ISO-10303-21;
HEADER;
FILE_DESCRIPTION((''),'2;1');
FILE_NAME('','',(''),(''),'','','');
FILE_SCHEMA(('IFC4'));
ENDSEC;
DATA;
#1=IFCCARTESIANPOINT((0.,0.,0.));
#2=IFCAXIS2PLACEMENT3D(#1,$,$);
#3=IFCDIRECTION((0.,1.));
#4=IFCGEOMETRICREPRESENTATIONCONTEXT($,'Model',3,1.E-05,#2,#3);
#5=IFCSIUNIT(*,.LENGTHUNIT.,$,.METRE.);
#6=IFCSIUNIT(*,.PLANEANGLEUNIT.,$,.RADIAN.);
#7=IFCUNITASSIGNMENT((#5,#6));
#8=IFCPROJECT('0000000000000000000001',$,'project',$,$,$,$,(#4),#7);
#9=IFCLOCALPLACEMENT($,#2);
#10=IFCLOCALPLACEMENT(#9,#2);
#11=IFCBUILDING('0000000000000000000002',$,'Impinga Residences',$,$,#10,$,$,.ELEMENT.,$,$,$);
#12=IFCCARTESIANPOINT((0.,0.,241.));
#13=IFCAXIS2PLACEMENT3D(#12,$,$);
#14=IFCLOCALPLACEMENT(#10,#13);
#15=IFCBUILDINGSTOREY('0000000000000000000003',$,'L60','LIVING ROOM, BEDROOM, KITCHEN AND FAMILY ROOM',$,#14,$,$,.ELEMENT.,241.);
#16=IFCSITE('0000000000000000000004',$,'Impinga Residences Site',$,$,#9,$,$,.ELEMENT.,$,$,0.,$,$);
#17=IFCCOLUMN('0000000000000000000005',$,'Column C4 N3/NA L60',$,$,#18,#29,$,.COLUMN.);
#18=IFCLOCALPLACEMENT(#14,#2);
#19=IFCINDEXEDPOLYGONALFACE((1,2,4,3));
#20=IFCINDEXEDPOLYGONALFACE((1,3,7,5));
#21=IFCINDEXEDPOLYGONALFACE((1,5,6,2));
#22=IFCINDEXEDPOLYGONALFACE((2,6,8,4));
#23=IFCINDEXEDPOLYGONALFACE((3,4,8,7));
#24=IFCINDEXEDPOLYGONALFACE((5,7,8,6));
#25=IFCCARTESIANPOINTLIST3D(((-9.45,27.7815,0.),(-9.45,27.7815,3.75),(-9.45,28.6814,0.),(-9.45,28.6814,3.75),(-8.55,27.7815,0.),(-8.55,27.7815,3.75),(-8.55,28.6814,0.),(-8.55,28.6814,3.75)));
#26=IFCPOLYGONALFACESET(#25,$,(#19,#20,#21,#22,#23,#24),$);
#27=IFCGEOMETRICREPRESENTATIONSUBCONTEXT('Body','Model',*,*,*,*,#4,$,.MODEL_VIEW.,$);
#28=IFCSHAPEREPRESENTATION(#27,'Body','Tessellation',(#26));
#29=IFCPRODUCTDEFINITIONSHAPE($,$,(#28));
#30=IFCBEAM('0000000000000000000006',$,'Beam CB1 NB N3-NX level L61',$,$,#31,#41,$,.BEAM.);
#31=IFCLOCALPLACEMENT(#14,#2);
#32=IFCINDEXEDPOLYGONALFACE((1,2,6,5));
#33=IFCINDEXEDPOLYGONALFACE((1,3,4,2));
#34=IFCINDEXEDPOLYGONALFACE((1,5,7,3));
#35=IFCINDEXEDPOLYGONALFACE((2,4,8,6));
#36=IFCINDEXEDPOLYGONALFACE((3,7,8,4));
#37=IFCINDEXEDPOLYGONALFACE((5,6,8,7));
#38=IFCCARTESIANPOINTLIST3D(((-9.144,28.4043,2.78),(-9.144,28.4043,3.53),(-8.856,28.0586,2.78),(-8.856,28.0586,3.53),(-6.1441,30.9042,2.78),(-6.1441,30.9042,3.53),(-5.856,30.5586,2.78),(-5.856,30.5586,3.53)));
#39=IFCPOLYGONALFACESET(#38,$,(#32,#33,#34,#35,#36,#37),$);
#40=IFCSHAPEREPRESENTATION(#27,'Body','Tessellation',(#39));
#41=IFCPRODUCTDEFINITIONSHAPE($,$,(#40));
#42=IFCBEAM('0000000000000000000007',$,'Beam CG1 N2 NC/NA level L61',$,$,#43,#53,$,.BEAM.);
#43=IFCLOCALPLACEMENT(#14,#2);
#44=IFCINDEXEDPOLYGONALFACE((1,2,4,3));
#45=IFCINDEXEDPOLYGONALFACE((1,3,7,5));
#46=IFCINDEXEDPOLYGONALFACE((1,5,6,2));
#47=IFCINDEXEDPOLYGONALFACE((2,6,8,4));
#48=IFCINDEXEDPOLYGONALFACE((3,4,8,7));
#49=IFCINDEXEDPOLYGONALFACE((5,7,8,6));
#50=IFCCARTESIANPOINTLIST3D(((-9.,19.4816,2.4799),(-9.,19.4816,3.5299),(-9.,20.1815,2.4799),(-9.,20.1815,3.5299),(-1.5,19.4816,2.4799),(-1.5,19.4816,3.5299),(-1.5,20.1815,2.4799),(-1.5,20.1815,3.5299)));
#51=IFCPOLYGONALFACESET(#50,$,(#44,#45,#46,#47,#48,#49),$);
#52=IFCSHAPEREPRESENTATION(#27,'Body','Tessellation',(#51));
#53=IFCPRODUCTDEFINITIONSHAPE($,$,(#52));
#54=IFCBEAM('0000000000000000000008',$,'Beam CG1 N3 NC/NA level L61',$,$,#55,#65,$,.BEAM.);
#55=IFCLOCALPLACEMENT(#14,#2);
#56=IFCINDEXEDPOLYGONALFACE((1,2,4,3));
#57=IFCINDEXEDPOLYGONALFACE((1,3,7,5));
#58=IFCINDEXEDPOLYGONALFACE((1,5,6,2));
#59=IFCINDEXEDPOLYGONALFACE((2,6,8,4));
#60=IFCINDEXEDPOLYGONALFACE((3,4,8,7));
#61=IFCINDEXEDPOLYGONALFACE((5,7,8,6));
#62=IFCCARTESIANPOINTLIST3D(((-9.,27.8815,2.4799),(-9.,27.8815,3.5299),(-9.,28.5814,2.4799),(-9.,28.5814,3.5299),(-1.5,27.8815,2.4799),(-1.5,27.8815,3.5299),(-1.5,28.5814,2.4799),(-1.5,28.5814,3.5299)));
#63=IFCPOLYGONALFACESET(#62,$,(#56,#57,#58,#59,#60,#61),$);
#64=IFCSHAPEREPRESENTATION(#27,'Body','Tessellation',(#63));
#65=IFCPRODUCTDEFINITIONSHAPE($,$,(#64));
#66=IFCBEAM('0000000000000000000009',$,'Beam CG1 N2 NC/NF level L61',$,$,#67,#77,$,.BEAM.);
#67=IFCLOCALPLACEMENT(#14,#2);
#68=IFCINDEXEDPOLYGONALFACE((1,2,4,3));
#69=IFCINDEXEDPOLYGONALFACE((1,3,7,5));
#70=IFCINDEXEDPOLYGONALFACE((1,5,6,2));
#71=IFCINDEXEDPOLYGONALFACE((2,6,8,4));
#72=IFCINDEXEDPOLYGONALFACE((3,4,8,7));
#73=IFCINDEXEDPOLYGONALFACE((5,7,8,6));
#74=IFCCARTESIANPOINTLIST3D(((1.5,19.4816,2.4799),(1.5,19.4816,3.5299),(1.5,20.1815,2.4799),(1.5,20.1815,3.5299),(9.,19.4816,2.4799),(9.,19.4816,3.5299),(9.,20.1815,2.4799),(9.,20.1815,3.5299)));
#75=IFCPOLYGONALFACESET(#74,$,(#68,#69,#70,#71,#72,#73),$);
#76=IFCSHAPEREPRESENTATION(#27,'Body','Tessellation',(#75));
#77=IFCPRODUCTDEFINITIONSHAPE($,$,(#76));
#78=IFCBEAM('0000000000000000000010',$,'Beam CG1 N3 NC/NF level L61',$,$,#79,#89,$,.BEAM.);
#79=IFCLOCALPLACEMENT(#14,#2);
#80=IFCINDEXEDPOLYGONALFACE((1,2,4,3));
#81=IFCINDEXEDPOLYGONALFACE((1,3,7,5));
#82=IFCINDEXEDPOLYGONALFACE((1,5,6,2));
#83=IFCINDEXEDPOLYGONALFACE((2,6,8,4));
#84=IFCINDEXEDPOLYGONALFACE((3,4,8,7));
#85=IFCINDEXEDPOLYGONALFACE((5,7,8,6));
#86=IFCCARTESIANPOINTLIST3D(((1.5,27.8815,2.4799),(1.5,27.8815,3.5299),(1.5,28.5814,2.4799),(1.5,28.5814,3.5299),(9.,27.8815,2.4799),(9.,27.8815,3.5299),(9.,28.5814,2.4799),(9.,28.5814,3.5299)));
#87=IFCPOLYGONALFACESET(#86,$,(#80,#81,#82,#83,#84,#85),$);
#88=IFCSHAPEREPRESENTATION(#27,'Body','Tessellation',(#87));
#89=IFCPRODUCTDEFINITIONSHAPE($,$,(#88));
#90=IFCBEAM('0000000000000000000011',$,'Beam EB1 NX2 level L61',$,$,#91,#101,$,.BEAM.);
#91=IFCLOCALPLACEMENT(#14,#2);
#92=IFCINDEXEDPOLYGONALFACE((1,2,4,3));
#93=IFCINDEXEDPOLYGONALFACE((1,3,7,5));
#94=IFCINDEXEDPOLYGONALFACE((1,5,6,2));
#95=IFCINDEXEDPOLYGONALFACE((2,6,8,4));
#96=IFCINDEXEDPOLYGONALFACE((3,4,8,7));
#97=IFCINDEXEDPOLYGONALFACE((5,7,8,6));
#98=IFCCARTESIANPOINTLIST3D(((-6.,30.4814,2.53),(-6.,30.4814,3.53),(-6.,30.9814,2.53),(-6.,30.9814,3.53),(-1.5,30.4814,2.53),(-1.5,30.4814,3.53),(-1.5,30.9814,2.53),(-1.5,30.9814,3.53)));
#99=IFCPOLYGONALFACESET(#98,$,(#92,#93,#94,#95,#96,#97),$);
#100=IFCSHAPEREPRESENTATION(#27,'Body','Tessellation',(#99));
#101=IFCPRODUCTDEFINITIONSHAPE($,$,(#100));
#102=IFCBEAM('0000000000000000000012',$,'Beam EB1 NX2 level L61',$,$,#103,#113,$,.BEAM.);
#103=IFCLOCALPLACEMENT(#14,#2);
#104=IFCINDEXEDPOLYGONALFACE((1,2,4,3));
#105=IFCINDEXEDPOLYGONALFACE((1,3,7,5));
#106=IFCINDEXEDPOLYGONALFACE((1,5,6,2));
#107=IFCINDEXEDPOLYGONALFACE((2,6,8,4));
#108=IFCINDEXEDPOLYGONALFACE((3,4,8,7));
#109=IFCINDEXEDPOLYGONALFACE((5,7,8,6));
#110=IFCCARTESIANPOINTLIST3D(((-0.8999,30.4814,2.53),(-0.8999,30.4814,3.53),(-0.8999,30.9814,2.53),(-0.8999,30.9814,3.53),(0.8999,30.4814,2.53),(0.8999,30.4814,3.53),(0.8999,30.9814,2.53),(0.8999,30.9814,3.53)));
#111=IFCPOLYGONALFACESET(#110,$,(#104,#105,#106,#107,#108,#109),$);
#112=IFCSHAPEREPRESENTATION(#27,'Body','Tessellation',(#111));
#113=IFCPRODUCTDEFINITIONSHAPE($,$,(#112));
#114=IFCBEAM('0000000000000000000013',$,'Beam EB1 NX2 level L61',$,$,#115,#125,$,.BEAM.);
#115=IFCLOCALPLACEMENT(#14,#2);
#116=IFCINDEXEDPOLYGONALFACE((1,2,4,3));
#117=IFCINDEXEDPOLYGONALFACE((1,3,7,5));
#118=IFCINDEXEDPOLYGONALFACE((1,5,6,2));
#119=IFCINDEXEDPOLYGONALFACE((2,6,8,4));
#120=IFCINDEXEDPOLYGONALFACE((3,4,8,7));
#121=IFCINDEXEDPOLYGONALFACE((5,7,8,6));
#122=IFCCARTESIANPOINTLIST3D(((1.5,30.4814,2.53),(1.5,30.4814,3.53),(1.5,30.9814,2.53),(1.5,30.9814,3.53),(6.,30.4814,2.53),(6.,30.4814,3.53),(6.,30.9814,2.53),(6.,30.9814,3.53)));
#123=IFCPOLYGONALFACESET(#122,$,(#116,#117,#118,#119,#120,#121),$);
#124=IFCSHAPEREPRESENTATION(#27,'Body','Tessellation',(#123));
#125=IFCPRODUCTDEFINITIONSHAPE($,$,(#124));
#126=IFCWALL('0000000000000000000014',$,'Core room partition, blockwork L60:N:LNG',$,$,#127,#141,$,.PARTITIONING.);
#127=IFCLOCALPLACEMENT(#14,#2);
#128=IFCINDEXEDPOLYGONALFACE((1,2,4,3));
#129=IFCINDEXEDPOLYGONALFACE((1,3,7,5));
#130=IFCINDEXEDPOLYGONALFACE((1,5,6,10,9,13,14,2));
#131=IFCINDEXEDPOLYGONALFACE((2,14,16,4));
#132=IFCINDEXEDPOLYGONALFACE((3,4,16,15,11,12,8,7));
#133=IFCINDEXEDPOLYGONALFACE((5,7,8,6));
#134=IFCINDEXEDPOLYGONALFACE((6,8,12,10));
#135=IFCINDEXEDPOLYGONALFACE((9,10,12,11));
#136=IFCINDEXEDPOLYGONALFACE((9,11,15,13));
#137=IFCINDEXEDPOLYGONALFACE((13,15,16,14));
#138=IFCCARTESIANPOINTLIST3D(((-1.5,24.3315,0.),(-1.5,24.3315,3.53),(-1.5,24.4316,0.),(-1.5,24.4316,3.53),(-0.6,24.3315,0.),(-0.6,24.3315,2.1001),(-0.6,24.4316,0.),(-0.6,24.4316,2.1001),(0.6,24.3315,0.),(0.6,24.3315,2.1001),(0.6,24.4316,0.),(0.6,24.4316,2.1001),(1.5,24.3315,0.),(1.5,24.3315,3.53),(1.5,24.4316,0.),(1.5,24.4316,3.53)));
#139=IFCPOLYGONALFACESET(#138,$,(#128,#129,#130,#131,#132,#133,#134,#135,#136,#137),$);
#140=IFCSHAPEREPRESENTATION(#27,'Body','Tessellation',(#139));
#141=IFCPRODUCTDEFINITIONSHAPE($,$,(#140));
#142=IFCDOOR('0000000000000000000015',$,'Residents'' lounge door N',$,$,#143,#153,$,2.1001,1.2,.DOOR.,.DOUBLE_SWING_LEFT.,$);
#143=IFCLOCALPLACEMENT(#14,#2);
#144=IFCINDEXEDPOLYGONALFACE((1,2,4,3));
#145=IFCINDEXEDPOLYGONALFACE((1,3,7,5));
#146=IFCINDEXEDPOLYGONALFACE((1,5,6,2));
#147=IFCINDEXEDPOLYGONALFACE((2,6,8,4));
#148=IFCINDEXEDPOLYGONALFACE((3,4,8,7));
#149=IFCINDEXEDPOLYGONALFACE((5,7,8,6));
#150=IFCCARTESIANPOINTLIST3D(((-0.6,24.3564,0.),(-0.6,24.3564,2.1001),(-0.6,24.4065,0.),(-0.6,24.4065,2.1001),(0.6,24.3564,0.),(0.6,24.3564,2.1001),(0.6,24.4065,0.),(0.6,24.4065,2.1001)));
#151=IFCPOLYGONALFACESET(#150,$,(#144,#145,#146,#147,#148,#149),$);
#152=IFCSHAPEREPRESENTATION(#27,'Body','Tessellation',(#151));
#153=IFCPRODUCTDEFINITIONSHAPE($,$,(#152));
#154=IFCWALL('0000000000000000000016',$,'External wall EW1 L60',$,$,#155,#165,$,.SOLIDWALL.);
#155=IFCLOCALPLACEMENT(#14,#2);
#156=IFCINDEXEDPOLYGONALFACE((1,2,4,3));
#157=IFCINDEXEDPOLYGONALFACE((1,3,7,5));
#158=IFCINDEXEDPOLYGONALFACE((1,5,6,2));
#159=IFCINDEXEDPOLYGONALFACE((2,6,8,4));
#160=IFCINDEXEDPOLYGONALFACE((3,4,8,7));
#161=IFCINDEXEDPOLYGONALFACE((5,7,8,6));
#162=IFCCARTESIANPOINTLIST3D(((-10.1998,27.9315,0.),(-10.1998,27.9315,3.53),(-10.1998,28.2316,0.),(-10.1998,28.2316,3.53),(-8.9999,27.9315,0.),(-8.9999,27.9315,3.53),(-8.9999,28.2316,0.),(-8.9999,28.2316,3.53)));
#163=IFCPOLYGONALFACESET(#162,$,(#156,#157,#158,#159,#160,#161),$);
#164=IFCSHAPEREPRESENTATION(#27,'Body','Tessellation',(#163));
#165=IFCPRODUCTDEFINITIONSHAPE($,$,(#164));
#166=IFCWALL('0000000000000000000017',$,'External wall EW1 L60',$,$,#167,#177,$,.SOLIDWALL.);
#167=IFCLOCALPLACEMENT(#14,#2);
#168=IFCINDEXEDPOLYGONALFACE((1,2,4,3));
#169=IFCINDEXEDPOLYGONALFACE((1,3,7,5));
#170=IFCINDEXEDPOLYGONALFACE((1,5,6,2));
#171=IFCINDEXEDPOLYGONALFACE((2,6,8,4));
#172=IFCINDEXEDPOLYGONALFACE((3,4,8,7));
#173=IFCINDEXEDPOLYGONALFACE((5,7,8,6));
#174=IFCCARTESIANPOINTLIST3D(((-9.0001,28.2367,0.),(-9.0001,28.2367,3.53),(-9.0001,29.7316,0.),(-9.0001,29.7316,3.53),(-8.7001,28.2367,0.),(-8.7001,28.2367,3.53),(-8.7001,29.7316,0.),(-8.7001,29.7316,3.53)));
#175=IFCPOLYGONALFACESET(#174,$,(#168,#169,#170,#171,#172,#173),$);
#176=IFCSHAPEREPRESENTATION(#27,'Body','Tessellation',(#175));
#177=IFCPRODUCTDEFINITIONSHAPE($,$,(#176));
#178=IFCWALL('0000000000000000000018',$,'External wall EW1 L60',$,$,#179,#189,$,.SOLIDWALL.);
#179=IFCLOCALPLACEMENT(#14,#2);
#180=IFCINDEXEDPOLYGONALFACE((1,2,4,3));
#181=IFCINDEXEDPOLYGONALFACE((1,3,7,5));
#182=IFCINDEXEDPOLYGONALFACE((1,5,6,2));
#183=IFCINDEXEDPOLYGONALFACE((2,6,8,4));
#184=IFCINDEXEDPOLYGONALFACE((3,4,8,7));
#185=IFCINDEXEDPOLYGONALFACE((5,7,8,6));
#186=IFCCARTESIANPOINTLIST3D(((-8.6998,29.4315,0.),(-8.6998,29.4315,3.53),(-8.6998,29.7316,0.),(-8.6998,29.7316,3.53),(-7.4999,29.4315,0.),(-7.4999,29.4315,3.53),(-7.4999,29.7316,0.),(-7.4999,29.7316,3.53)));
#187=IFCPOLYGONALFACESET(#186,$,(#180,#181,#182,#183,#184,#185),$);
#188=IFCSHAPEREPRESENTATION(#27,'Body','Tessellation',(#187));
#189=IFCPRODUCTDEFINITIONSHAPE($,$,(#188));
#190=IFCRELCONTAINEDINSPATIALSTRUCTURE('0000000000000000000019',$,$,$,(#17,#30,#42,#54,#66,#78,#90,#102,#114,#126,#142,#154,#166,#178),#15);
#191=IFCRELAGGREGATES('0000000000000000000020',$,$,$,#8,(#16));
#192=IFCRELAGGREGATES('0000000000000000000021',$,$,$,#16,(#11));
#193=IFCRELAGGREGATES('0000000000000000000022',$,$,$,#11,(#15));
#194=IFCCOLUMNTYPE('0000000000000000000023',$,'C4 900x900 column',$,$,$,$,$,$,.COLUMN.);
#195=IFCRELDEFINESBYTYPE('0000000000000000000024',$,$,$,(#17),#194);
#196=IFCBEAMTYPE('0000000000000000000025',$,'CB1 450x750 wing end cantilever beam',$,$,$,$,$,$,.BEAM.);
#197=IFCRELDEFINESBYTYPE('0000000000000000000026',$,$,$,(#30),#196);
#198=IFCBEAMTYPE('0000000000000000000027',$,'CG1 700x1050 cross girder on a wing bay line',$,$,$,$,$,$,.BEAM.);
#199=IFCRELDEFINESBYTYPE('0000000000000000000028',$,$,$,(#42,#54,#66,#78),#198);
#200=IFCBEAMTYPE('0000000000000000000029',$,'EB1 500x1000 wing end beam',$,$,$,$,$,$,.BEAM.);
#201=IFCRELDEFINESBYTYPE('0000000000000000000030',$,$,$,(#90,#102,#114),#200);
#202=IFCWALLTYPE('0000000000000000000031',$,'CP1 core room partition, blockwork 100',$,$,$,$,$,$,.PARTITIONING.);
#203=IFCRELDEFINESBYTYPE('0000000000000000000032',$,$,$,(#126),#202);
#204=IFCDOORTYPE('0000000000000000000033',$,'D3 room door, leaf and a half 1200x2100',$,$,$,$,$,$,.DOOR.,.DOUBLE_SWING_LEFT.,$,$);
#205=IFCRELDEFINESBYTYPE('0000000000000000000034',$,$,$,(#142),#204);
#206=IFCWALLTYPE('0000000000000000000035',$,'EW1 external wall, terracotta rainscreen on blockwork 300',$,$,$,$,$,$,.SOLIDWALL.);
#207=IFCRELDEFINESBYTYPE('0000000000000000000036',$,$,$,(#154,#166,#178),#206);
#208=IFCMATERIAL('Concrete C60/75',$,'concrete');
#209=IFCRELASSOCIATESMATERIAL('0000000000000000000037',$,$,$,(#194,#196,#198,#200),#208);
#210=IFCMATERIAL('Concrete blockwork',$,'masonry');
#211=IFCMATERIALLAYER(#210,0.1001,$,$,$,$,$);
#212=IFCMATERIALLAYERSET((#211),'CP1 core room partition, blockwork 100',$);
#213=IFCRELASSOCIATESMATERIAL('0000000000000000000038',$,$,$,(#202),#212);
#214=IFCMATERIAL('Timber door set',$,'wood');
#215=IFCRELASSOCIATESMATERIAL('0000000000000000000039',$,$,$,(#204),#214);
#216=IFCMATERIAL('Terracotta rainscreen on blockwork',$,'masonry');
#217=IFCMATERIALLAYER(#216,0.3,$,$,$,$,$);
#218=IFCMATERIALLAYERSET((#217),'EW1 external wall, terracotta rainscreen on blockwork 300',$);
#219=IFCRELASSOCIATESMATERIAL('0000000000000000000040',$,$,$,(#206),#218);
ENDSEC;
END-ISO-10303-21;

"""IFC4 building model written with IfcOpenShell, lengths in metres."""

from ifc_helpers import new_model, si_unit, direction, frame, frame_2d, origin, origin_2d, place, context, subcontext, project, spatial, rectangle, extrude, material, layer, layer_set, material_profile, profile_set, type_object, element, fill, save


model = new_model("IFC4")

# Units and contexts
model_context = context("Model", 3, precision=1e-05, world=origin(), true_north=direction((0.0, 1.0)))
body_context = subcontext(model_context, "Body", "Model", "MODEL_VIEW")
ifc_project = project(units=[si_unit("LENGTHUNIT", "METRE"), si_unit("PLANEANGLEUNIT", "RADIAN")], contexts=[model_context])

# Site, building, storey
site_placement = place(None, origin())
site = spatial("IfcSite", under=ifc_project, at=site_placement, Name="Impinga Residences Site", CompositionType="ELEMENT", RefElevation=0.0)
building_placement = place(site_placement, origin())
building = spatial("IfcBuilding", under=site, at=building_placement, Name="Impinga Residences", CompositionType="ELEMENT")
storey_placement = place(building_placement, frame((0.0, 0.0, 241.0)))
storey = spatial("IfcBuildingStorey", under=building, at=storey_placement, Name="L60", Description="LIVING ROOM, BEDROOM, KITCHEN AND FAMILY ROOM", CompositionType="ELEMENT", Elevation=241.0)

# Column
ifc_material_1 = material(Name="Concrete C60/75", Category="concrete")
ifc_material_profile_1 = material_profile(ifc_material_1, rectangle(XDim=0.8999, YDim=0.8999, at=origin_2d()), Name="RC 900x900")
ifc_profile_set_1 = profile_set([ifc_material_profile_1], Name="Concrete C60/75")
column_type = type_object("IfcColumnType", Name="C4 900x900 column", PredefinedType="COLUMN", material=ifc_profile_set_1)
column_placement = place(storey_placement, frame((-9.0, 28.2314, 0.0), z_axis=(0.0, 0.0, 1.0), x_axis=(1.0, 0.0, 0.0)))
element("IfcColumn", 1, at=column_placement, inside=storey, type_object=column_type, Name="Column C4 N3/NA L60", PredefinedType="COLUMN", context=body_context, shape_type="SweptSolid", body=[
    extrude(rectangle(XDim=0.8999, YDim=0.8999, at=origin_2d()), origin(), (0.0, 0.0, 1.0), 3.75),
])

# Beams
ifc_material_profile_2 = material_profile(ifc_material_1, rectangle(XDim=0.45, YDim=0.75, at=origin_2d()), Name="RC 450x750")
ifc_profile_set_2 = profile_set([ifc_material_profile_2], Name="Concrete C60/75")
beam_type_1 = type_object("IfcBeamType", Name="CB1 450x750 wing end cantilever beam", PredefinedType="BEAM", material=ifc_profile_set_2)
beam_1_placement = place(storey_placement, frame((-9.0, 28.2314, 3.155), z_axis=(0.768221, 0.640184, 0.0), x_axis=(-0.640184, 0.768221, 0.0)))
element("IfcBeam", 2, at=beam_1_placement, inside=storey, type_object=beam_type_1, Name="Beam CB1 NB N3-NX level L61", PredefinedType="BEAM", context=body_context, shape_type="SweptSolid", body=[
    extrude(rectangle(XDim=0.45, YDim=0.75, at=origin_2d()), origin(), (0.0, 0.0, 1.0), 3.905),
])
ifc_material_profile_3 = material_profile(ifc_material_1, rectangle(XDim=0.7, YDim=1.05, at=origin_2d()), Name="RC 700x1050")
ifc_profile_set_3 = profile_set([ifc_material_profile_3], Name="Concrete C60/75")
beam_type_2 = type_object("IfcBeamType", Name="CG1 700x1050 cross girder on a wing bay line", PredefinedType="BEAM", material=ifc_profile_set_3)
for number, where, z_axis, x_axis, name in (
    (3, (-1.5, 19.8315, 3.0049), (-1.0, 0.0, 0.0), (0.0, -1.0, 0.0), "Beam CG1 N2 NC/NA level L61"),
    (4, (-1.5, 28.2314, 3.0049), (-1.0, 0.0, 0.0), (0.0, -1.0, 0.0), "Beam CG1 N3 NC/NA level L61"),
    (5, (1.5, 19.8315, 3.0049), (1.0, 0.0, 0.0), (0.0, 1.0, 0.0), "Beam CG1 N2 NC/NF level L61"),
    (6, (1.5, 28.2314, 3.0049), (1.0, 0.0, 0.0), (0.0, 1.0, 0.0), "Beam CG1 N3 NC/NF level L61"),
):
    element("IfcBeam", number, at=place(storey_placement, frame(where, z_axis=z_axis, x_axis=x_axis)), inside=storey, type_object=beam_type_2, Name=name, PredefinedType="BEAM", context=body_context, shape_type="SweptSolid", body=[
        extrude(rectangle(XDim=0.7, YDim=1.05, at=origin_2d()), origin(), (0.0, 0.0, 1.0), 7.5),
    ])
ifc_material_profile_4 = material_profile(ifc_material_1, rectangle(XDim=0.5, YDim=1.0, at=origin_2d()), Name="RC 500x1000")
ifc_profile_set_4 = profile_set([ifc_material_profile_4], Name="Concrete C60/75")
beam_type_3 = type_object("IfcBeamType", Name="EB1 500x1000 wing end beam", PredefinedType="BEAM", material=ifc_profile_set_4)
beam_2_placement = place(storey_placement, frame((-6.0, 30.7314, 3.03), z_axis=(1.0, 0.0, 0.0), x_axis=(0.0, 1.0, 0.0)))
element("IfcBeam", 7, at=beam_2_placement, inside=storey, type_object=beam_type_3, Name="Beam EB1 NX2 level L61", PredefinedType="BEAM", context=body_context, shape_type="SweptSolid", body=[
    extrude(rectangle(XDim=0.5, YDim=1.0, at=origin_2d()), origin(), (0.0, 0.0, 1.0), 4.5),
])
beam_3_placement = place(storey_placement, frame((-0.8999, 30.7314, 3.03), z_axis=(1.0, 0.0, 0.0), x_axis=(0.0, 1.0, 0.0)))
element("IfcBeam", 8, at=beam_3_placement, inside=storey, type_object=beam_type_3, Name="Beam EB1 NX2 level L61", PredefinedType="BEAM", context=body_context, shape_type="SweptSolid", body=[
    extrude(rectangle(XDim=0.5, YDim=1.0, at=origin_2d()), origin(), (0.0, 0.0, 1.0), 1.7998),
])
beam_4_placement = place(storey_placement, frame((1.5, 30.7314, 3.03), z_axis=(1.0, 0.0, 0.0), x_axis=(0.0, 1.0, 0.0)))
element("IfcBeam", 9, at=beam_4_placement, inside=storey, type_object=beam_type_3, Name="Beam EB1 NX2 level L61", PredefinedType="BEAM", context=body_context, shape_type="SweptSolid", body=[
    extrude(rectangle(XDim=0.5, YDim=1.0, at=origin_2d()), origin(), (0.0, 0.0, 1.0), 4.5),
])

# Wall, opening, door
ifc_material_2 = material(Name="Concrete blockwork", Category="masonry")
ifc_layer_1 = layer(ifc_material_2, 0.1001)
ifc_layer_set_1 = layer_set([ifc_layer_1], Name="CP1 core room partition, blockwork 100")
wall_type_1 = type_object("IfcWallType", Name="CP1 core room partition, blockwork 100", PredefinedType="PARTITIONING", material=ifc_layer_set_1)
wall_1_placement = place(storey_placement, frame((-1.5, 24.3816, 0.0), z_axis=(0.0, 0.0, 1.0), x_axis=(1.0, 0.0, 0.0)))
wall_1 = element("IfcWall", 10, at=wall_1_placement, inside=storey, type_object=wall_type_1, Name="Core room partition, blockwork L60:N:LNG", PredefinedType="PARTITIONING", context=body_context, shape_type="SweptSolid", body=[
    extrude(rectangle(XDim=3.0, YDim=0.1001, at=frame_2d((1.5, 0.0))), origin(), (0.0, 0.0, 1.0), 3.53),
])
opening_1_placement = place(wall_1_placement, frame((0.8999, 0.0, 0.0)))
opening_1 = element("IfcOpeningElement", 11, at=opening_1_placement, cuts=wall_1, PredefinedType="OPENING", context=body_context, shape_type="SweptSolid", body=[
    extrude(rectangle(XDim=1.2, YDim=2.1001, at=frame_2d((0.6001, 1.05))), frame((0.0, 0.0601, 0.0), z_axis=(0.0, -1.0, 0.0), x_axis=(1.0, 0.0, 0.0)), (0.0, 0.0, 1.0), 0.1201),
])
ifc_material_3 = material(Name="Timber door set", Category="wood")
door_type_1 = type_object("IfcDoorType", Name="D3 room door, leaf and a half 1200x2100", OperationType="DOUBLE_SWING_LEFT", PredefinedType="DOOR", material=ifc_material_3)
door_1_placement = place(opening_1_placement, origin())
door_1 = element("IfcDoor", 12, at=door_1_placement, inside=storey, type_object=door_type_1, Name="Residents' lounge door N", OperationType="DOUBLE_SWING_LEFT", OverallHeight=2.1001, OverallWidth=1.2, PredefinedType="DOOR", context=body_context, shape_type="SweptSolid", body=[
    extrude(rectangle(XDim=1.2, YDim=2.1001, at=frame_2d((0.6001, 1.05))), frame((0.0, 0.0249, 0.0), z_axis=(0.0, -1.0, 0.0), x_axis=(1.0, 0.0, 0.0)), (0.0, 0.0, 1.0), 0.05),
])
fill(opening_1, door_1)

# Walls
ifc_material_4 = material(Name="Terracotta rainscreen on blockwork", Category="masonry")
ifc_layer_2 = layer(ifc_material_4, 0.3)
ifc_layer_set_2 = layer_set([ifc_layer_2], Name="EW1 external wall, terracotta rainscreen on blockwork 300")
wall_type_2 = type_object("IfcWallType", Name="EW1 external wall, terracotta rainscreen on blockwork 300", PredefinedType="SOLIDWALL", material=ifc_layer_set_2)
wall_2_placement = place(storey_placement, frame((-10.2, 28.0815, 0.0), z_axis=(0.0, 0.0, 1.0), x_axis=(1.0, 0.0, 0.0)))
element("IfcWall", 13, at=wall_2_placement, inside=storey, type_object=wall_type_2, Name="External wall EW1 L60", PredefinedType="SOLIDWALL", context=body_context, shape_type="SweptSolid", body=[
    extrude(rectangle(XDim=1.2, YDim=0.3, at=frame_2d((0.6001, 0.0))), origin(), (0.0, 0.0, 1.0), 3.53),
])
wall_3_placement = place(storey_placement, frame((-8.8501, 28.2366, 0.0), z_axis=(0.0, 0.0, 1.0), x_axis=(0.0, 1.0, 0.0)))
element("IfcWall", 14, at=wall_3_placement, inside=storey, type_object=wall_type_2, Name="External wall EW1 L60", PredefinedType="SOLIDWALL", context=body_context, shape_type="SweptSolid", body=[
    extrude(rectangle(XDim=1.4949, YDim=0.3, at=frame_2d((0.7476, 0.0))), origin(), (0.0, 0.0, 1.0), 3.53),
])
wall_4_placement = place(storey_placement, frame((-8.7, 29.5815, 0.0), z_axis=(0.0, 0.0, 1.0), x_axis=(1.0, 0.0, 0.0)))
element("IfcWall", 15, at=wall_4_placement, inside=storey, type_object=wall_type_2, Name="External wall EW1 L60", PredefinedType="SOLIDWALL", context=body_context, shape_type="SweptSolid", body=[
    extrude(rectangle(XDim=1.2, YDim=0.3, at=frame_2d((0.6001, 0.0))), origin(), (0.0, 0.0, 1.0), 3.53),
])

save(model, "model.ifc")
